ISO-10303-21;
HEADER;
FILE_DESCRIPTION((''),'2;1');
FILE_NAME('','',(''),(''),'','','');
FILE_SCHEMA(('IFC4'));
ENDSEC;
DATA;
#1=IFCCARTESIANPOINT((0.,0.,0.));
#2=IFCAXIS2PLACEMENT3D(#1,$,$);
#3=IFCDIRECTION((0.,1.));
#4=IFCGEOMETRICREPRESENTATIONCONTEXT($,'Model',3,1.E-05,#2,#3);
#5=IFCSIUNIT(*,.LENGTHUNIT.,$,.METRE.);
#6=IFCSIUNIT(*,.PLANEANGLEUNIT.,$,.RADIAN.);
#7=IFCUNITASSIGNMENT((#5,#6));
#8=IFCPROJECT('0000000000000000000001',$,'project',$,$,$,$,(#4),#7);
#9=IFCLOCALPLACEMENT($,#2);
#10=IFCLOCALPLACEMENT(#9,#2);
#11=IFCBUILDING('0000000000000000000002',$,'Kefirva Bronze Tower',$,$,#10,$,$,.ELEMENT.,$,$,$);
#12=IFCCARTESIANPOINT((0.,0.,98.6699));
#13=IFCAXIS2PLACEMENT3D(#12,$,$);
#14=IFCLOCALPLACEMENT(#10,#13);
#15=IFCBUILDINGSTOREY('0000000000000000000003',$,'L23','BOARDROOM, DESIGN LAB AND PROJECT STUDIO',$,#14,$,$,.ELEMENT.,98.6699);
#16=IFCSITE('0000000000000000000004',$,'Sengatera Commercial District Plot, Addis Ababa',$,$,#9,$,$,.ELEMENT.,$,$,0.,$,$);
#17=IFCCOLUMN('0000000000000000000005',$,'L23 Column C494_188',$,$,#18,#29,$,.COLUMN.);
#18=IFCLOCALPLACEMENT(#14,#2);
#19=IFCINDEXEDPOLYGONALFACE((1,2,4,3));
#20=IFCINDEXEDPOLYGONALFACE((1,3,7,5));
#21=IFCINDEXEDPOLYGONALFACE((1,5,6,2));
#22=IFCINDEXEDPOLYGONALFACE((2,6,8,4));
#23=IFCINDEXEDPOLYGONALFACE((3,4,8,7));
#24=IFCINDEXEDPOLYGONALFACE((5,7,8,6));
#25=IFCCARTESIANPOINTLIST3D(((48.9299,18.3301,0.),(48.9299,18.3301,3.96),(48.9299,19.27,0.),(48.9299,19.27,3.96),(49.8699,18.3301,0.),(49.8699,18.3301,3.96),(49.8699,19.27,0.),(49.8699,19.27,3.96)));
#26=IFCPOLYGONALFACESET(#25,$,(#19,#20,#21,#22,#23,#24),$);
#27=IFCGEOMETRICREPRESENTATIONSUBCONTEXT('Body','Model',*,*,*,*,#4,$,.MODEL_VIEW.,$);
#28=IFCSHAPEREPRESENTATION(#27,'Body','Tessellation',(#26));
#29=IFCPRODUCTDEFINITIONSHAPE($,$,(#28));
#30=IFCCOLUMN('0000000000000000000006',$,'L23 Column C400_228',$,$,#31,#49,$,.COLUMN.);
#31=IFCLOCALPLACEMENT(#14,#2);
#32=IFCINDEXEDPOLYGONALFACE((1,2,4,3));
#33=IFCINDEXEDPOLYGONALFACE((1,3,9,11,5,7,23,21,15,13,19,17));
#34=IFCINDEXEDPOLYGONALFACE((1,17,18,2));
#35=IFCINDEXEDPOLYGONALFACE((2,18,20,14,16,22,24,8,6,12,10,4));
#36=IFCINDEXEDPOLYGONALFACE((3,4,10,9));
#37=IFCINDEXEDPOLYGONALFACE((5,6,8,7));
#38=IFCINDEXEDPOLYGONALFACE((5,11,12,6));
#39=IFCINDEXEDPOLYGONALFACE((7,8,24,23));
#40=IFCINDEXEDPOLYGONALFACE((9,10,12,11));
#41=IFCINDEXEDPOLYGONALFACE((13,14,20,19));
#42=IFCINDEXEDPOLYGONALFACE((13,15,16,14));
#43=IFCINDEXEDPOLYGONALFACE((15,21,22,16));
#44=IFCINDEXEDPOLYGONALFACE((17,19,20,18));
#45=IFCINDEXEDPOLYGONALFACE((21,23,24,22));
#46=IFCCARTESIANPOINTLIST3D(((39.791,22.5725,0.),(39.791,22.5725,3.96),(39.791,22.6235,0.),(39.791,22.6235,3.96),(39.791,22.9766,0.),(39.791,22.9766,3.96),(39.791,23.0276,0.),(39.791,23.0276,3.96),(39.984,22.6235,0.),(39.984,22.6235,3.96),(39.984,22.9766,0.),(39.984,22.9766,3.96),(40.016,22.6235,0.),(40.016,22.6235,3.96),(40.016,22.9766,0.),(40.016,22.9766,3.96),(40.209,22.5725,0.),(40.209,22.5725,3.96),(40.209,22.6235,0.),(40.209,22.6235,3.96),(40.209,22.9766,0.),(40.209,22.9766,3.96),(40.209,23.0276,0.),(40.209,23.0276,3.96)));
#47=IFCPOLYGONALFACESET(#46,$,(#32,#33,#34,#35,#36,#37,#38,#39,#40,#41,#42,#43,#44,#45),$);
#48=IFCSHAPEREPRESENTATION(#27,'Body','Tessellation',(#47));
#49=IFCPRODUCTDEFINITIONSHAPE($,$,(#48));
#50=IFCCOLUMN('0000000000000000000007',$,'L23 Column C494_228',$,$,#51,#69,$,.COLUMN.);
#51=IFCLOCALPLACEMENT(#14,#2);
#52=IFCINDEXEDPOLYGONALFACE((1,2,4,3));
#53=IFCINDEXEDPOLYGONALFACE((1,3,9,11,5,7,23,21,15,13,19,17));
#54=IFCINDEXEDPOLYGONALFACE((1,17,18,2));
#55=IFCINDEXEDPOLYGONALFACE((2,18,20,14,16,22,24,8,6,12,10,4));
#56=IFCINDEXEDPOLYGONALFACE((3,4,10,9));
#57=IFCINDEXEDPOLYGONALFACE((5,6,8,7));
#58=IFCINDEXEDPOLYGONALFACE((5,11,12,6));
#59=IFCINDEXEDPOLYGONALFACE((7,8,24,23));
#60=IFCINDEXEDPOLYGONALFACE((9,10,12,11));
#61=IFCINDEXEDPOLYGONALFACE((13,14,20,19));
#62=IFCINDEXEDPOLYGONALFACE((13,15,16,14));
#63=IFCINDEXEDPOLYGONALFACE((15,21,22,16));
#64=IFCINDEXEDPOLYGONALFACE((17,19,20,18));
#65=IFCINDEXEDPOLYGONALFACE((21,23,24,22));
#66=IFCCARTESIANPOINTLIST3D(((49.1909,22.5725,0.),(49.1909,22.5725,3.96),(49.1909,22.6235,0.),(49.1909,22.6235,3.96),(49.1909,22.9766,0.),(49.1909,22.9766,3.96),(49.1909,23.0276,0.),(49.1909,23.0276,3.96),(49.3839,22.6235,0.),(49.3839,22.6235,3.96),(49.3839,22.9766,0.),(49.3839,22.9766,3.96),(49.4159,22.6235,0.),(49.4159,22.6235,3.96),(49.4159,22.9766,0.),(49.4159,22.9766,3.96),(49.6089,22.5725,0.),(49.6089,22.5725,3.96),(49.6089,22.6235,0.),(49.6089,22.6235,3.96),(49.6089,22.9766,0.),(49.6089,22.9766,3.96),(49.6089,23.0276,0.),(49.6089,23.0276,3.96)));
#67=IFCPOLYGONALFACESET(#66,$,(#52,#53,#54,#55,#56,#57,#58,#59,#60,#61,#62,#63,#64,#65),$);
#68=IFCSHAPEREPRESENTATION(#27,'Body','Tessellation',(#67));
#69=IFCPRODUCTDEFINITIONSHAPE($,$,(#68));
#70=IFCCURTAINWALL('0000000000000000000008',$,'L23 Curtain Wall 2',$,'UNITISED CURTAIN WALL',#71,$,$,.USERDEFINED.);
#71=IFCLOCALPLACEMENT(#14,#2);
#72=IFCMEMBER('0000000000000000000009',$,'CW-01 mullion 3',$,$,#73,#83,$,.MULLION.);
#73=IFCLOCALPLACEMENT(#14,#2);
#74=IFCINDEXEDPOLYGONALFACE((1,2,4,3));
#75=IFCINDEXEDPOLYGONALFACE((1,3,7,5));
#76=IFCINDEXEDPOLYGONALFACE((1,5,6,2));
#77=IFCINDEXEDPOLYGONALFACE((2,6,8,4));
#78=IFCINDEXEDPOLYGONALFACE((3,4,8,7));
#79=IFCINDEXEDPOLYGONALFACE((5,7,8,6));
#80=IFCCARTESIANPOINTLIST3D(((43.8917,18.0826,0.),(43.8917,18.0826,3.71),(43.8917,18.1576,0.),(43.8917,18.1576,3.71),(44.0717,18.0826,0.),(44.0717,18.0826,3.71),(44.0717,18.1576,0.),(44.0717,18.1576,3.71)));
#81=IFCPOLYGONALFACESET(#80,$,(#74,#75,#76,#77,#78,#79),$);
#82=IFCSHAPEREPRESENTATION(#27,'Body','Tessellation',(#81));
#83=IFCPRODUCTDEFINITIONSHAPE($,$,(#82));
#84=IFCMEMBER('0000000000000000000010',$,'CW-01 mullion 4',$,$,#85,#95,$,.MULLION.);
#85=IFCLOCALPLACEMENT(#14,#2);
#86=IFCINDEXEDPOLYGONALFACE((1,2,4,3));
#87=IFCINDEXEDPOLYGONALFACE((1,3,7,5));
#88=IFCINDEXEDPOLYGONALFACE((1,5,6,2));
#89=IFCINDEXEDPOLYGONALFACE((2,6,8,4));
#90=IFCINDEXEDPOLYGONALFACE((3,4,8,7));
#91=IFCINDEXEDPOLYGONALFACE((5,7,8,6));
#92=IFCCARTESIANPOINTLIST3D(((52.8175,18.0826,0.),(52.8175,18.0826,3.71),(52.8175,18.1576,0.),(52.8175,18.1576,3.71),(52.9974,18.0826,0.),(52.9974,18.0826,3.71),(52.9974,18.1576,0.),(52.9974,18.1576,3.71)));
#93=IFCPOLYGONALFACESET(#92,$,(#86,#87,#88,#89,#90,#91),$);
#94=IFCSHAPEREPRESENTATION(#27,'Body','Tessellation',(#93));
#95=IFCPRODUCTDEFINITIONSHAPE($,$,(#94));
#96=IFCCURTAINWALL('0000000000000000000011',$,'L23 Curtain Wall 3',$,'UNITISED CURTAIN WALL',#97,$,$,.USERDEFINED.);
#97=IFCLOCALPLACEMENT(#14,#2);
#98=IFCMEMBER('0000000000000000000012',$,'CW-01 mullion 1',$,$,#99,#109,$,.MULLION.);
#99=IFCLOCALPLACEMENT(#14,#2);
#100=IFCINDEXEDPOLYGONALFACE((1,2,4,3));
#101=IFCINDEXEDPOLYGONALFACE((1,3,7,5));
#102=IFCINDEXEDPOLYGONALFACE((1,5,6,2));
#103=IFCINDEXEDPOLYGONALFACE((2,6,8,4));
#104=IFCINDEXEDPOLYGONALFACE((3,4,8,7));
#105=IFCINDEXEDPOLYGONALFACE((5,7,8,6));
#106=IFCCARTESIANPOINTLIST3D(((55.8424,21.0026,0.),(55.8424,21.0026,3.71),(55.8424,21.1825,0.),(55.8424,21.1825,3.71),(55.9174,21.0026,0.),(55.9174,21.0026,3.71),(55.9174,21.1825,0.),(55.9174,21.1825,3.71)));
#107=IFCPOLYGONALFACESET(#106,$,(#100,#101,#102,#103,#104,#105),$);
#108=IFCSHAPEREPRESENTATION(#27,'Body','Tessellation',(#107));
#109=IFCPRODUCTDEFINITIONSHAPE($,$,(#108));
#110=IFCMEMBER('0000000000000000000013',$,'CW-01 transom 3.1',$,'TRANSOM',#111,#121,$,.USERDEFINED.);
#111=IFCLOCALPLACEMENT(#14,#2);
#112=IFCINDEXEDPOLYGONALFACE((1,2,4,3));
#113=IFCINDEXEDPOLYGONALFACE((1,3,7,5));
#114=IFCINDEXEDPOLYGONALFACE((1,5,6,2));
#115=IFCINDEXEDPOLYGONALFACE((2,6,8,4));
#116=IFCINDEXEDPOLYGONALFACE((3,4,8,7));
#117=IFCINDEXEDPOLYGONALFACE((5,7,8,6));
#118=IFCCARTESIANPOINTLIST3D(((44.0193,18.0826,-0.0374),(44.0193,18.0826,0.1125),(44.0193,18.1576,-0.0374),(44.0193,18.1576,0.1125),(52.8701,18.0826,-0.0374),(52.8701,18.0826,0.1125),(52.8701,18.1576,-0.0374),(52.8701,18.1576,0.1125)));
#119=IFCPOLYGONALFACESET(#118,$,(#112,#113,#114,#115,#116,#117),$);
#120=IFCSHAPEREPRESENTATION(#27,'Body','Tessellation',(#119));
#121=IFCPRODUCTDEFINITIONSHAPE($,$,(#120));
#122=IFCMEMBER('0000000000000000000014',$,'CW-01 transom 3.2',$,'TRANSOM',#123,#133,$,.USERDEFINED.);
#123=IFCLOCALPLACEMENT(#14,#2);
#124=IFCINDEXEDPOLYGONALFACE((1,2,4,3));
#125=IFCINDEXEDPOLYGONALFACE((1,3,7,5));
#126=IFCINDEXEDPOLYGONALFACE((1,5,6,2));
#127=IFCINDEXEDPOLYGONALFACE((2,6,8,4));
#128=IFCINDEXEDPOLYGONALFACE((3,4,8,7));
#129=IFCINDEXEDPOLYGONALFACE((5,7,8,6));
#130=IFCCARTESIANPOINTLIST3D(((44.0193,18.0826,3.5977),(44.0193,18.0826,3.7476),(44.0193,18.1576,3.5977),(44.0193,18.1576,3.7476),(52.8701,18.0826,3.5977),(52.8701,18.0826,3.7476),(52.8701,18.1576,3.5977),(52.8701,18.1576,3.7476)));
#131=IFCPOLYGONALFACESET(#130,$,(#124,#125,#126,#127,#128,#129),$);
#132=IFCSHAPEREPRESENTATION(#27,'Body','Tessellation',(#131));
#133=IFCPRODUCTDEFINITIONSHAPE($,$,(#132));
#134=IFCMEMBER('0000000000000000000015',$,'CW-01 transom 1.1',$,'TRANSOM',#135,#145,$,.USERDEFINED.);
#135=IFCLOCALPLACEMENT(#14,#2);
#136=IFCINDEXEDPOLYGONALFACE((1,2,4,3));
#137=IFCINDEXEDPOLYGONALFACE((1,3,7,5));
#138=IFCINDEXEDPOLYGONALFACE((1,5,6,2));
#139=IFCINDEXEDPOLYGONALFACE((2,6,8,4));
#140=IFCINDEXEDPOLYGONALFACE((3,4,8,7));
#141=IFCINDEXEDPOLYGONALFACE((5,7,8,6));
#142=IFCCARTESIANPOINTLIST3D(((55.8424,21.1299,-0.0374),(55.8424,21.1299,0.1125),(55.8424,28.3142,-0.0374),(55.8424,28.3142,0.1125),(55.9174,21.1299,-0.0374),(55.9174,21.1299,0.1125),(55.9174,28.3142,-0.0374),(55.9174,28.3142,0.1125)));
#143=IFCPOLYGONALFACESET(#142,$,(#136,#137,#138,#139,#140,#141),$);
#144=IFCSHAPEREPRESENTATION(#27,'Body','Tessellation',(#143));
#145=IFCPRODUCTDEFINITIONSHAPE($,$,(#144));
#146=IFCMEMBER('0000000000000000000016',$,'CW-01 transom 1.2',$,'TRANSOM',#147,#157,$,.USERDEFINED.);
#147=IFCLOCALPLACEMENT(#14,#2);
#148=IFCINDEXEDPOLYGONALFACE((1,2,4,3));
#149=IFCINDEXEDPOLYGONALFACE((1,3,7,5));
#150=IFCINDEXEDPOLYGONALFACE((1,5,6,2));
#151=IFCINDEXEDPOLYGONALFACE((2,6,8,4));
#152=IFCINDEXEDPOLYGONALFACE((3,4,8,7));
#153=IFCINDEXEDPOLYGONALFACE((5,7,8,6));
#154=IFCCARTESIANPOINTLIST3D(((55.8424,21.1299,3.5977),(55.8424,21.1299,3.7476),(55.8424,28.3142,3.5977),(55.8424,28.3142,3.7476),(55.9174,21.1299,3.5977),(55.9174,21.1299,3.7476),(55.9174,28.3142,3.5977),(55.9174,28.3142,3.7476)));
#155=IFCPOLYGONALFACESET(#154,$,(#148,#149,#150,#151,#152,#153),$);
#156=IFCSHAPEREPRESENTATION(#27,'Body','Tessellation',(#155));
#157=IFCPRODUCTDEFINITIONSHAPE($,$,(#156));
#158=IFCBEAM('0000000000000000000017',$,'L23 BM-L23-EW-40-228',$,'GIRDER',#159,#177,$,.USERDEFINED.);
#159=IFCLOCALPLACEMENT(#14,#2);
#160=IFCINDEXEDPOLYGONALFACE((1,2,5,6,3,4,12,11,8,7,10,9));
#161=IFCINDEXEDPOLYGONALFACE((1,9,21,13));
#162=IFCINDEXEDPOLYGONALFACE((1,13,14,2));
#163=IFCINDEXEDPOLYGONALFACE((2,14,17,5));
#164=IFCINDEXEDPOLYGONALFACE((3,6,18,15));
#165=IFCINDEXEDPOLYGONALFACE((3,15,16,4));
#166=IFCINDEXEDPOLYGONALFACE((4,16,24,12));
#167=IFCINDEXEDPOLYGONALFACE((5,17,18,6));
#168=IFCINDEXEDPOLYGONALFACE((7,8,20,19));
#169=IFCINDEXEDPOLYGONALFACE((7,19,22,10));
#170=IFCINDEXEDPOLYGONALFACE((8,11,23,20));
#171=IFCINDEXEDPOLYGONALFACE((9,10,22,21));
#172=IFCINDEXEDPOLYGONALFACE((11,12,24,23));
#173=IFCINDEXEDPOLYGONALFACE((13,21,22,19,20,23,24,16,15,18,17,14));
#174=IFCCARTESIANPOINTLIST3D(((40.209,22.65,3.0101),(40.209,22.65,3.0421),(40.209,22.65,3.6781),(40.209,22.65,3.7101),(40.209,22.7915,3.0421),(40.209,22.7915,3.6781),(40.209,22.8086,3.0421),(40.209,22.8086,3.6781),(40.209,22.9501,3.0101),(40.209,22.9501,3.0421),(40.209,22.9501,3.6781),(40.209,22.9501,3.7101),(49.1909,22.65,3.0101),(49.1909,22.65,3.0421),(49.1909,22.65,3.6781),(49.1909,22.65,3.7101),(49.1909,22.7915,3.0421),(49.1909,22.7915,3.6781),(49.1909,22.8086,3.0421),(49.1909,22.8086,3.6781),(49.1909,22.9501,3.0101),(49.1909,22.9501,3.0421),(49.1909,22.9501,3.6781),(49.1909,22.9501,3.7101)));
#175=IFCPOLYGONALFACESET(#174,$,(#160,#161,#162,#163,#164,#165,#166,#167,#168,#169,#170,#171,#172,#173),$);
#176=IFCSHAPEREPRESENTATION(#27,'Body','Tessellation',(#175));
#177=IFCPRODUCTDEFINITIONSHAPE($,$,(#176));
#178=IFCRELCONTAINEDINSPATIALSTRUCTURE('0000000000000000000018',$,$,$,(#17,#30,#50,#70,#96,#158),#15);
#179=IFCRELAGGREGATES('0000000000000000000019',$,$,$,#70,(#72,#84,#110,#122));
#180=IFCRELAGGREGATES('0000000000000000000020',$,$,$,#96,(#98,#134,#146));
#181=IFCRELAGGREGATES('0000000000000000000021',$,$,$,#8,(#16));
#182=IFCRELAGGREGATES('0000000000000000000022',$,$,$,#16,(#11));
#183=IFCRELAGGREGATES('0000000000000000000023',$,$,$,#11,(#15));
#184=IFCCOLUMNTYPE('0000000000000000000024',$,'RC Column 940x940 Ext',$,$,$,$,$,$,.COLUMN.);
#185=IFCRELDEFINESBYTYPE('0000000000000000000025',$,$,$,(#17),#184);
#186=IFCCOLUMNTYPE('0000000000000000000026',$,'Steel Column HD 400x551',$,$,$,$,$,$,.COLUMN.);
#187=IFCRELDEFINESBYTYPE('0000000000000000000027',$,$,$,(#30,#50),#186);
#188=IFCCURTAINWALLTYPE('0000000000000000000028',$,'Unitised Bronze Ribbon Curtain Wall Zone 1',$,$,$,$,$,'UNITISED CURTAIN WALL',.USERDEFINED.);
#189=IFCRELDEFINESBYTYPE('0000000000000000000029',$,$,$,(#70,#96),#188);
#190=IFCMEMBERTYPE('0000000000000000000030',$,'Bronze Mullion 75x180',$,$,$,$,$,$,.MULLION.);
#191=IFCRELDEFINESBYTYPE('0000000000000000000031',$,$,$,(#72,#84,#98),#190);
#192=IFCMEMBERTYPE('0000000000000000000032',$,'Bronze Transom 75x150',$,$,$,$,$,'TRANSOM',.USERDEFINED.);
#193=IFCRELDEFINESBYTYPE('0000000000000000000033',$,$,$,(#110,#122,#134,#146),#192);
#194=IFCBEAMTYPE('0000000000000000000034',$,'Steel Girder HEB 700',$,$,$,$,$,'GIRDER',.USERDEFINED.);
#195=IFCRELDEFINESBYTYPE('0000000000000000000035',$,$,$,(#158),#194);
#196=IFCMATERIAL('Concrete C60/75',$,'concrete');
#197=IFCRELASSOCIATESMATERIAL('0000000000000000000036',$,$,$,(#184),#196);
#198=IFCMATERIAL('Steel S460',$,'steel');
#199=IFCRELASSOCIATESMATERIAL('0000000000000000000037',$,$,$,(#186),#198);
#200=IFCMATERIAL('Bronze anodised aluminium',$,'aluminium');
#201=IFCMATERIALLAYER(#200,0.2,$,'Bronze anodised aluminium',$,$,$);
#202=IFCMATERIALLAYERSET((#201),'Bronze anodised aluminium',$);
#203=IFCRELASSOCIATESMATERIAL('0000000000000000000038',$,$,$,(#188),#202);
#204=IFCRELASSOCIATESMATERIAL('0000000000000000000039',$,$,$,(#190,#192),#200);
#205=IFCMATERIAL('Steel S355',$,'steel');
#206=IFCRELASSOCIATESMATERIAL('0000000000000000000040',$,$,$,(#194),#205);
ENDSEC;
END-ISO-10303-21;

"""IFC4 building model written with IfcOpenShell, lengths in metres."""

from ifc_helpers import new_model, si_unit, direction, frame, origin, origin_2d, place, context, subcontext, project, spatial, rectangle, i_section, extrude, material, layer, layer_set, material_profile, profile_set, type_object, element, aggregate, save


model = new_model("IFC4")

# Units and contexts
model_context = context("Model", 3, precision=1e-05, world=origin(), true_north=direction((0.0, 1.0)))
body_context = subcontext(model_context, "Body", "Model", "MODEL_VIEW")
ifc_project = project(units=[si_unit("LENGTHUNIT", "METRE"), si_unit("PLANEANGLEUNIT", "RADIAN")], contexts=[model_context])

# Site, building, storey
site_placement = place(None, origin())
site = spatial("IfcSite", under=ifc_project, at=site_placement, Name="Sengatera Commercial District Plot, Addis Ababa", CompositionType="ELEMENT", RefElevation=0.0)
building_placement = place(site_placement, origin())
building = spatial("IfcBuilding", under=site, at=building_placement, Name="Kefirva Bronze Tower", CompositionType="ELEMENT")
storey_placement = place(building_placement, frame((0.0, 0.0, 98.6699)))
storey = spatial("IfcBuildingStorey", under=building, at=storey_placement, Name="L23", Description="BOARDROOM, DESIGN LAB AND PROJECT STUDIO", CompositionType="ELEMENT", Elevation=98.6699)

# Columns
ifc_material_1 = material(Name="Concrete C60/75", Category="concrete")
ifc_material_profile_1 = material_profile(ifc_material_1, rectangle(XDim=0.9399, YDim=0.9399, at=origin_2d()), Name="RC 940x940")
ifc_profile_set_1 = profile_set([ifc_material_profile_1], Name="Concrete C60/75")
column_type_1 = type_object("IfcColumnType", Name="RC Column 940x940 Ext", PredefinedType="COLUMN", material=ifc_profile_set_1)
column_placement = place(storey_placement, frame((49.3999, 18.8, 0.0), z_axis=(0.0, 0.0, 1.0), x_axis=(1.0, 0.0, 0.0)))
element("IfcColumn", 1, at=column_placement, inside=storey, type_object=column_type_1, Name="L23 Column C494_188", PredefinedType="COLUMN", context=body_context, shape_type="SweptSolid", body=[
    extrude(rectangle(XDim=0.9399, YDim=0.9399, at=origin_2d()), origin(), (0.0, 0.0, 1.0), 3.96),
])
ifc_material_2 = material(Name="Steel S460", Category="steel")
ifc_material_profile_2 = material_profile(ifc_material_2, i_section(OverallWidth=0.418, OverallDepth=0.4551, WebThickness=0.032, FlangeThickness=0.051, at=origin_2d()), Name="HD 400x551")
ifc_profile_set_2 = profile_set([ifc_material_profile_2], Name="Steel S460")
column_type_2 = type_object("IfcColumnType", Name="Steel Column HD 400x551", PredefinedType="COLUMN", material=ifc_profile_set_2)
for number, where, z_axis, x_axis, name in (
    (2, (40.0, 22.8, 0.0), (0.0, 0.0, 1.0), (1.0, 0.0, 0.0), "L23 Column C400_228"),
    (3, (49.3999, 22.8, 0.0), (0.0, 0.0, 1.0), (1.0, 0.0, 0.0), "L23 Column C494_228"),
):
    element("IfcColumn", number, at=place(storey_placement, frame(where, z_axis=z_axis, x_axis=x_axis)), inside=storey, type_object=column_type_2, Name=name, PredefinedType="COLUMN", context=body_context, shape_type="SweptSolid", body=[
        extrude(i_section(OverallWidth=0.418, OverallDepth=0.4551, WebThickness=0.032, FlangeThickness=0.051, at=origin_2d()), origin(), (0.0, 0.0, 1.0), 3.96),
    ])

# Curtain wall, members
ifc_material_3 = material(Name="Bronze anodised aluminium", Category="aluminium")
ifc_layer_1 = layer(ifc_material_3, 0.2, Name="Bronze anodised aluminium")
ifc_layer_set_1 = layer_set([ifc_layer_1], Name="Bronze anodised aluminium")
curtain_wall_type = type_object("IfcCurtainWallType", Name="Unitised Bronze Ribbon Curtain Wall Zone 1", ElementType="UNITISED CURTAIN WALL", PredefinedType="USERDEFINED", material=ifc_layer_set_1)
curtain_wall_1_placement = place(storey_placement, origin())
curtain_wall_1 = element("IfcCurtainWall", 4, at=curtain_wall_1_placement, inside=storey, type_object=curtain_wall_type, Name="L23 Curtain Wall 2", ObjectType="UNITISED CURTAIN WALL", PredefinedType="USERDEFINED")
ifc_material_profile_3 = material_profile(ifc_material_3, rectangle(XDim=0.075, YDim=0.1799, at=origin_2d()), Name="ALU 75x180")
ifc_profile_set_3 = profile_set([ifc_material_profile_3], Name="Bronze anodised aluminium")
member_type_1 = type_object("IfcMemberType", Name="Bronze Mullion 75x180", PredefinedType="MULLION", material=ifc_profile_set_3)
member_1_placement = place(storey_placement, frame((43.9817, 18.1201, 0.0), z_axis=(0.0, 0.0, 1.0), x_axis=(0.0, 1.0, 0.0)))
member_1 = element("IfcMember", 5, at=member_1_placement, type_object=member_type_1, Name="CW-01 mullion 3", PredefinedType="MULLION", context=body_context, shape_type="SweptSolid", body=[
    extrude(rectangle(XDim=0.075, YDim=0.1799, at=origin_2d()), origin(), (0.0, 0.0, 1.0), 3.71),
])
member_2_placement = place(storey_placement, frame((52.9075, 18.1201, 0.0), z_axis=(0.0, 0.0, 1.0), x_axis=(0.0, 1.0, 0.0)))
member_2 = element("IfcMember", 6, at=member_2_placement, type_object=member_type_1, Name="CW-01 mullion 4", PredefinedType="MULLION", context=body_context, shape_type="SweptSolid", body=[
    extrude(rectangle(XDim=0.075, YDim=0.1799, at=origin_2d()), origin(), (0.0, 0.0, 1.0), 3.71),
])

# Curtain wall, member
curtain_wall_2_placement = place(storey_placement, origin())
curtain_wall_2 = element("IfcCurtainWall", 7, at=curtain_wall_2_placement, inside=storey, type_object=curtain_wall_type, Name="L23 Curtain Wall 3", ObjectType="UNITISED CURTAIN WALL", PredefinedType="USERDEFINED")
member_3_placement = place(storey_placement, frame((55.8799, 21.0925, 0.0), z_axis=(0.0, 0.0, 1.0), x_axis=(-1.0, 0.0, 0.0)))
member_3 = element("IfcMember", 8, at=member_3_placement, type_object=member_type_1, Name="CW-01 mullion 1", PredefinedType="MULLION", context=body_context, shape_type="SweptSolid", body=[
    extrude(rectangle(XDim=0.075, YDim=0.1799, at=origin_2d()), origin(), (0.0, 0.0, 1.0), 3.71),
])

# Members
ifc_material_profile_4 = material_profile(ifc_material_3, rectangle(XDim=0.075, YDim=0.1499, at=origin_2d()), Name="ALU 75x150")
ifc_profile_set_4 = profile_set([ifc_material_profile_4], Name="Bronze anodised aluminium")
member_type_2 = type_object("IfcMemberType", Name="Bronze Transom 75x150", ElementType="TRANSOM", PredefinedType="USERDEFINED", material=ifc_profile_set_4)
member_4_placement = place(storey_placement, frame((44.0193, 18.1201, 0.0376), z_axis=(1.0, 0.0, 0.0), x_axis=(0.0, 1.0, 0.0)))
member_4 = element("IfcMember", 9, at=member_4_placement, type_object=member_type_2, Name="CW-01 transom 3.1", ObjectType="TRANSOM", PredefinedType="USERDEFINED", context=body_context, shape_type="SweptSolid", body=[
    extrude(rectangle(XDim=0.075, YDim=0.1499, at=origin_2d()), origin(), (0.0, 0.0, 1.0), 8.8508),
])
member_5_placement = place(storey_placement, frame((44.0193, 18.1201, 3.6726), z_axis=(1.0, 0.0, 0.0), x_axis=(0.0, 1.0, 0.0)))
member_5 = element("IfcMember", 10, at=member_5_placement, type_object=member_type_2, Name="CW-01 transom 3.2", ObjectType="TRANSOM", PredefinedType="USERDEFINED", context=body_context, shape_type="SweptSolid", body=[
    extrude(rectangle(XDim=0.075, YDim=0.1499, at=origin_2d()), origin(), (0.0, 0.0, 1.0), 8.8508),
])
member_6_placement = place(storey_placement, frame((55.8799, 21.1299, 0.0376), z_axis=(0.0, 1.0, 0.0), x_axis=(-1.0, 0.0, 0.0)))
member_6 = element("IfcMember", 11, at=member_6_placement, type_object=member_type_2, Name="CW-01 transom 1.1", ObjectType="TRANSOM", PredefinedType="USERDEFINED", context=body_context, shape_type="SweptSolid", body=[
    extrude(rectangle(XDim=0.075, YDim=0.1499, at=origin_2d()), origin(), (0.0, 0.0, 1.0), 7.1843),
])
member_7_placement = place(storey_placement, frame((55.8799, 21.1299, 3.6726), z_axis=(0.0, 1.0, 0.0), x_axis=(-1.0, 0.0, 0.0)))
member_7 = element("IfcMember", 12, at=member_7_placement, type_object=member_type_2, Name="CW-01 transom 1.2", ObjectType="TRANSOM", PredefinedType="USERDEFINED", context=body_context, shape_type="SweptSolid", body=[
    extrude(rectangle(XDim=0.075, YDim=0.1499, at=origin_2d()), origin(), (0.0, 0.0, 1.0), 7.1843),
])

# Beam
ifc_material_4 = material(Name="Steel S355", Category="steel")
ifc_material_profile_5 = material_profile(ifc_material_4, i_section(OverallWidth=0.3, OverallDepth=0.7, WebThickness=0.0171, FlangeThickness=0.032, at=origin_2d()), Name="HEB 700")
ifc_profile_set_5 = profile_set([ifc_material_profile_5], Name="Steel S355")
beam_type_1 = type_object("IfcBeamType", Name="Steel Girder HEB 700", ElementType="GIRDER", PredefinedType="USERDEFINED", material=ifc_profile_set_5)
beam_1_placement = place(storey_placement, frame((40.209, 22.8, 3.3601), z_axis=(1.0, 0.0, 0.0), x_axis=(0.0, 1.0, 0.0)))
element("IfcBeam", 13, at=beam_1_placement, inside=storey, type_object=beam_type_1, Name="L23 BM-L23-EW-40-228", ObjectType="GIRDER", PredefinedType="USERDEFINED", context=body_context, shape_type="SweptSolid", body=[
    extrude(i_section(OverallWidth=0.3, OverallDepth=0.7, WebThickness=0.0171, FlangeThickness=0.032, at=origin_2d()), origin(), (0.0, 0.0, 1.0), 8.9819),
])

aggregate(curtain_wall_1, [member_1, member_2, member_4, member_5])
aggregate(curtain_wall_2, [member_3, member_6, member_7])

save(model, "model.ifc")
